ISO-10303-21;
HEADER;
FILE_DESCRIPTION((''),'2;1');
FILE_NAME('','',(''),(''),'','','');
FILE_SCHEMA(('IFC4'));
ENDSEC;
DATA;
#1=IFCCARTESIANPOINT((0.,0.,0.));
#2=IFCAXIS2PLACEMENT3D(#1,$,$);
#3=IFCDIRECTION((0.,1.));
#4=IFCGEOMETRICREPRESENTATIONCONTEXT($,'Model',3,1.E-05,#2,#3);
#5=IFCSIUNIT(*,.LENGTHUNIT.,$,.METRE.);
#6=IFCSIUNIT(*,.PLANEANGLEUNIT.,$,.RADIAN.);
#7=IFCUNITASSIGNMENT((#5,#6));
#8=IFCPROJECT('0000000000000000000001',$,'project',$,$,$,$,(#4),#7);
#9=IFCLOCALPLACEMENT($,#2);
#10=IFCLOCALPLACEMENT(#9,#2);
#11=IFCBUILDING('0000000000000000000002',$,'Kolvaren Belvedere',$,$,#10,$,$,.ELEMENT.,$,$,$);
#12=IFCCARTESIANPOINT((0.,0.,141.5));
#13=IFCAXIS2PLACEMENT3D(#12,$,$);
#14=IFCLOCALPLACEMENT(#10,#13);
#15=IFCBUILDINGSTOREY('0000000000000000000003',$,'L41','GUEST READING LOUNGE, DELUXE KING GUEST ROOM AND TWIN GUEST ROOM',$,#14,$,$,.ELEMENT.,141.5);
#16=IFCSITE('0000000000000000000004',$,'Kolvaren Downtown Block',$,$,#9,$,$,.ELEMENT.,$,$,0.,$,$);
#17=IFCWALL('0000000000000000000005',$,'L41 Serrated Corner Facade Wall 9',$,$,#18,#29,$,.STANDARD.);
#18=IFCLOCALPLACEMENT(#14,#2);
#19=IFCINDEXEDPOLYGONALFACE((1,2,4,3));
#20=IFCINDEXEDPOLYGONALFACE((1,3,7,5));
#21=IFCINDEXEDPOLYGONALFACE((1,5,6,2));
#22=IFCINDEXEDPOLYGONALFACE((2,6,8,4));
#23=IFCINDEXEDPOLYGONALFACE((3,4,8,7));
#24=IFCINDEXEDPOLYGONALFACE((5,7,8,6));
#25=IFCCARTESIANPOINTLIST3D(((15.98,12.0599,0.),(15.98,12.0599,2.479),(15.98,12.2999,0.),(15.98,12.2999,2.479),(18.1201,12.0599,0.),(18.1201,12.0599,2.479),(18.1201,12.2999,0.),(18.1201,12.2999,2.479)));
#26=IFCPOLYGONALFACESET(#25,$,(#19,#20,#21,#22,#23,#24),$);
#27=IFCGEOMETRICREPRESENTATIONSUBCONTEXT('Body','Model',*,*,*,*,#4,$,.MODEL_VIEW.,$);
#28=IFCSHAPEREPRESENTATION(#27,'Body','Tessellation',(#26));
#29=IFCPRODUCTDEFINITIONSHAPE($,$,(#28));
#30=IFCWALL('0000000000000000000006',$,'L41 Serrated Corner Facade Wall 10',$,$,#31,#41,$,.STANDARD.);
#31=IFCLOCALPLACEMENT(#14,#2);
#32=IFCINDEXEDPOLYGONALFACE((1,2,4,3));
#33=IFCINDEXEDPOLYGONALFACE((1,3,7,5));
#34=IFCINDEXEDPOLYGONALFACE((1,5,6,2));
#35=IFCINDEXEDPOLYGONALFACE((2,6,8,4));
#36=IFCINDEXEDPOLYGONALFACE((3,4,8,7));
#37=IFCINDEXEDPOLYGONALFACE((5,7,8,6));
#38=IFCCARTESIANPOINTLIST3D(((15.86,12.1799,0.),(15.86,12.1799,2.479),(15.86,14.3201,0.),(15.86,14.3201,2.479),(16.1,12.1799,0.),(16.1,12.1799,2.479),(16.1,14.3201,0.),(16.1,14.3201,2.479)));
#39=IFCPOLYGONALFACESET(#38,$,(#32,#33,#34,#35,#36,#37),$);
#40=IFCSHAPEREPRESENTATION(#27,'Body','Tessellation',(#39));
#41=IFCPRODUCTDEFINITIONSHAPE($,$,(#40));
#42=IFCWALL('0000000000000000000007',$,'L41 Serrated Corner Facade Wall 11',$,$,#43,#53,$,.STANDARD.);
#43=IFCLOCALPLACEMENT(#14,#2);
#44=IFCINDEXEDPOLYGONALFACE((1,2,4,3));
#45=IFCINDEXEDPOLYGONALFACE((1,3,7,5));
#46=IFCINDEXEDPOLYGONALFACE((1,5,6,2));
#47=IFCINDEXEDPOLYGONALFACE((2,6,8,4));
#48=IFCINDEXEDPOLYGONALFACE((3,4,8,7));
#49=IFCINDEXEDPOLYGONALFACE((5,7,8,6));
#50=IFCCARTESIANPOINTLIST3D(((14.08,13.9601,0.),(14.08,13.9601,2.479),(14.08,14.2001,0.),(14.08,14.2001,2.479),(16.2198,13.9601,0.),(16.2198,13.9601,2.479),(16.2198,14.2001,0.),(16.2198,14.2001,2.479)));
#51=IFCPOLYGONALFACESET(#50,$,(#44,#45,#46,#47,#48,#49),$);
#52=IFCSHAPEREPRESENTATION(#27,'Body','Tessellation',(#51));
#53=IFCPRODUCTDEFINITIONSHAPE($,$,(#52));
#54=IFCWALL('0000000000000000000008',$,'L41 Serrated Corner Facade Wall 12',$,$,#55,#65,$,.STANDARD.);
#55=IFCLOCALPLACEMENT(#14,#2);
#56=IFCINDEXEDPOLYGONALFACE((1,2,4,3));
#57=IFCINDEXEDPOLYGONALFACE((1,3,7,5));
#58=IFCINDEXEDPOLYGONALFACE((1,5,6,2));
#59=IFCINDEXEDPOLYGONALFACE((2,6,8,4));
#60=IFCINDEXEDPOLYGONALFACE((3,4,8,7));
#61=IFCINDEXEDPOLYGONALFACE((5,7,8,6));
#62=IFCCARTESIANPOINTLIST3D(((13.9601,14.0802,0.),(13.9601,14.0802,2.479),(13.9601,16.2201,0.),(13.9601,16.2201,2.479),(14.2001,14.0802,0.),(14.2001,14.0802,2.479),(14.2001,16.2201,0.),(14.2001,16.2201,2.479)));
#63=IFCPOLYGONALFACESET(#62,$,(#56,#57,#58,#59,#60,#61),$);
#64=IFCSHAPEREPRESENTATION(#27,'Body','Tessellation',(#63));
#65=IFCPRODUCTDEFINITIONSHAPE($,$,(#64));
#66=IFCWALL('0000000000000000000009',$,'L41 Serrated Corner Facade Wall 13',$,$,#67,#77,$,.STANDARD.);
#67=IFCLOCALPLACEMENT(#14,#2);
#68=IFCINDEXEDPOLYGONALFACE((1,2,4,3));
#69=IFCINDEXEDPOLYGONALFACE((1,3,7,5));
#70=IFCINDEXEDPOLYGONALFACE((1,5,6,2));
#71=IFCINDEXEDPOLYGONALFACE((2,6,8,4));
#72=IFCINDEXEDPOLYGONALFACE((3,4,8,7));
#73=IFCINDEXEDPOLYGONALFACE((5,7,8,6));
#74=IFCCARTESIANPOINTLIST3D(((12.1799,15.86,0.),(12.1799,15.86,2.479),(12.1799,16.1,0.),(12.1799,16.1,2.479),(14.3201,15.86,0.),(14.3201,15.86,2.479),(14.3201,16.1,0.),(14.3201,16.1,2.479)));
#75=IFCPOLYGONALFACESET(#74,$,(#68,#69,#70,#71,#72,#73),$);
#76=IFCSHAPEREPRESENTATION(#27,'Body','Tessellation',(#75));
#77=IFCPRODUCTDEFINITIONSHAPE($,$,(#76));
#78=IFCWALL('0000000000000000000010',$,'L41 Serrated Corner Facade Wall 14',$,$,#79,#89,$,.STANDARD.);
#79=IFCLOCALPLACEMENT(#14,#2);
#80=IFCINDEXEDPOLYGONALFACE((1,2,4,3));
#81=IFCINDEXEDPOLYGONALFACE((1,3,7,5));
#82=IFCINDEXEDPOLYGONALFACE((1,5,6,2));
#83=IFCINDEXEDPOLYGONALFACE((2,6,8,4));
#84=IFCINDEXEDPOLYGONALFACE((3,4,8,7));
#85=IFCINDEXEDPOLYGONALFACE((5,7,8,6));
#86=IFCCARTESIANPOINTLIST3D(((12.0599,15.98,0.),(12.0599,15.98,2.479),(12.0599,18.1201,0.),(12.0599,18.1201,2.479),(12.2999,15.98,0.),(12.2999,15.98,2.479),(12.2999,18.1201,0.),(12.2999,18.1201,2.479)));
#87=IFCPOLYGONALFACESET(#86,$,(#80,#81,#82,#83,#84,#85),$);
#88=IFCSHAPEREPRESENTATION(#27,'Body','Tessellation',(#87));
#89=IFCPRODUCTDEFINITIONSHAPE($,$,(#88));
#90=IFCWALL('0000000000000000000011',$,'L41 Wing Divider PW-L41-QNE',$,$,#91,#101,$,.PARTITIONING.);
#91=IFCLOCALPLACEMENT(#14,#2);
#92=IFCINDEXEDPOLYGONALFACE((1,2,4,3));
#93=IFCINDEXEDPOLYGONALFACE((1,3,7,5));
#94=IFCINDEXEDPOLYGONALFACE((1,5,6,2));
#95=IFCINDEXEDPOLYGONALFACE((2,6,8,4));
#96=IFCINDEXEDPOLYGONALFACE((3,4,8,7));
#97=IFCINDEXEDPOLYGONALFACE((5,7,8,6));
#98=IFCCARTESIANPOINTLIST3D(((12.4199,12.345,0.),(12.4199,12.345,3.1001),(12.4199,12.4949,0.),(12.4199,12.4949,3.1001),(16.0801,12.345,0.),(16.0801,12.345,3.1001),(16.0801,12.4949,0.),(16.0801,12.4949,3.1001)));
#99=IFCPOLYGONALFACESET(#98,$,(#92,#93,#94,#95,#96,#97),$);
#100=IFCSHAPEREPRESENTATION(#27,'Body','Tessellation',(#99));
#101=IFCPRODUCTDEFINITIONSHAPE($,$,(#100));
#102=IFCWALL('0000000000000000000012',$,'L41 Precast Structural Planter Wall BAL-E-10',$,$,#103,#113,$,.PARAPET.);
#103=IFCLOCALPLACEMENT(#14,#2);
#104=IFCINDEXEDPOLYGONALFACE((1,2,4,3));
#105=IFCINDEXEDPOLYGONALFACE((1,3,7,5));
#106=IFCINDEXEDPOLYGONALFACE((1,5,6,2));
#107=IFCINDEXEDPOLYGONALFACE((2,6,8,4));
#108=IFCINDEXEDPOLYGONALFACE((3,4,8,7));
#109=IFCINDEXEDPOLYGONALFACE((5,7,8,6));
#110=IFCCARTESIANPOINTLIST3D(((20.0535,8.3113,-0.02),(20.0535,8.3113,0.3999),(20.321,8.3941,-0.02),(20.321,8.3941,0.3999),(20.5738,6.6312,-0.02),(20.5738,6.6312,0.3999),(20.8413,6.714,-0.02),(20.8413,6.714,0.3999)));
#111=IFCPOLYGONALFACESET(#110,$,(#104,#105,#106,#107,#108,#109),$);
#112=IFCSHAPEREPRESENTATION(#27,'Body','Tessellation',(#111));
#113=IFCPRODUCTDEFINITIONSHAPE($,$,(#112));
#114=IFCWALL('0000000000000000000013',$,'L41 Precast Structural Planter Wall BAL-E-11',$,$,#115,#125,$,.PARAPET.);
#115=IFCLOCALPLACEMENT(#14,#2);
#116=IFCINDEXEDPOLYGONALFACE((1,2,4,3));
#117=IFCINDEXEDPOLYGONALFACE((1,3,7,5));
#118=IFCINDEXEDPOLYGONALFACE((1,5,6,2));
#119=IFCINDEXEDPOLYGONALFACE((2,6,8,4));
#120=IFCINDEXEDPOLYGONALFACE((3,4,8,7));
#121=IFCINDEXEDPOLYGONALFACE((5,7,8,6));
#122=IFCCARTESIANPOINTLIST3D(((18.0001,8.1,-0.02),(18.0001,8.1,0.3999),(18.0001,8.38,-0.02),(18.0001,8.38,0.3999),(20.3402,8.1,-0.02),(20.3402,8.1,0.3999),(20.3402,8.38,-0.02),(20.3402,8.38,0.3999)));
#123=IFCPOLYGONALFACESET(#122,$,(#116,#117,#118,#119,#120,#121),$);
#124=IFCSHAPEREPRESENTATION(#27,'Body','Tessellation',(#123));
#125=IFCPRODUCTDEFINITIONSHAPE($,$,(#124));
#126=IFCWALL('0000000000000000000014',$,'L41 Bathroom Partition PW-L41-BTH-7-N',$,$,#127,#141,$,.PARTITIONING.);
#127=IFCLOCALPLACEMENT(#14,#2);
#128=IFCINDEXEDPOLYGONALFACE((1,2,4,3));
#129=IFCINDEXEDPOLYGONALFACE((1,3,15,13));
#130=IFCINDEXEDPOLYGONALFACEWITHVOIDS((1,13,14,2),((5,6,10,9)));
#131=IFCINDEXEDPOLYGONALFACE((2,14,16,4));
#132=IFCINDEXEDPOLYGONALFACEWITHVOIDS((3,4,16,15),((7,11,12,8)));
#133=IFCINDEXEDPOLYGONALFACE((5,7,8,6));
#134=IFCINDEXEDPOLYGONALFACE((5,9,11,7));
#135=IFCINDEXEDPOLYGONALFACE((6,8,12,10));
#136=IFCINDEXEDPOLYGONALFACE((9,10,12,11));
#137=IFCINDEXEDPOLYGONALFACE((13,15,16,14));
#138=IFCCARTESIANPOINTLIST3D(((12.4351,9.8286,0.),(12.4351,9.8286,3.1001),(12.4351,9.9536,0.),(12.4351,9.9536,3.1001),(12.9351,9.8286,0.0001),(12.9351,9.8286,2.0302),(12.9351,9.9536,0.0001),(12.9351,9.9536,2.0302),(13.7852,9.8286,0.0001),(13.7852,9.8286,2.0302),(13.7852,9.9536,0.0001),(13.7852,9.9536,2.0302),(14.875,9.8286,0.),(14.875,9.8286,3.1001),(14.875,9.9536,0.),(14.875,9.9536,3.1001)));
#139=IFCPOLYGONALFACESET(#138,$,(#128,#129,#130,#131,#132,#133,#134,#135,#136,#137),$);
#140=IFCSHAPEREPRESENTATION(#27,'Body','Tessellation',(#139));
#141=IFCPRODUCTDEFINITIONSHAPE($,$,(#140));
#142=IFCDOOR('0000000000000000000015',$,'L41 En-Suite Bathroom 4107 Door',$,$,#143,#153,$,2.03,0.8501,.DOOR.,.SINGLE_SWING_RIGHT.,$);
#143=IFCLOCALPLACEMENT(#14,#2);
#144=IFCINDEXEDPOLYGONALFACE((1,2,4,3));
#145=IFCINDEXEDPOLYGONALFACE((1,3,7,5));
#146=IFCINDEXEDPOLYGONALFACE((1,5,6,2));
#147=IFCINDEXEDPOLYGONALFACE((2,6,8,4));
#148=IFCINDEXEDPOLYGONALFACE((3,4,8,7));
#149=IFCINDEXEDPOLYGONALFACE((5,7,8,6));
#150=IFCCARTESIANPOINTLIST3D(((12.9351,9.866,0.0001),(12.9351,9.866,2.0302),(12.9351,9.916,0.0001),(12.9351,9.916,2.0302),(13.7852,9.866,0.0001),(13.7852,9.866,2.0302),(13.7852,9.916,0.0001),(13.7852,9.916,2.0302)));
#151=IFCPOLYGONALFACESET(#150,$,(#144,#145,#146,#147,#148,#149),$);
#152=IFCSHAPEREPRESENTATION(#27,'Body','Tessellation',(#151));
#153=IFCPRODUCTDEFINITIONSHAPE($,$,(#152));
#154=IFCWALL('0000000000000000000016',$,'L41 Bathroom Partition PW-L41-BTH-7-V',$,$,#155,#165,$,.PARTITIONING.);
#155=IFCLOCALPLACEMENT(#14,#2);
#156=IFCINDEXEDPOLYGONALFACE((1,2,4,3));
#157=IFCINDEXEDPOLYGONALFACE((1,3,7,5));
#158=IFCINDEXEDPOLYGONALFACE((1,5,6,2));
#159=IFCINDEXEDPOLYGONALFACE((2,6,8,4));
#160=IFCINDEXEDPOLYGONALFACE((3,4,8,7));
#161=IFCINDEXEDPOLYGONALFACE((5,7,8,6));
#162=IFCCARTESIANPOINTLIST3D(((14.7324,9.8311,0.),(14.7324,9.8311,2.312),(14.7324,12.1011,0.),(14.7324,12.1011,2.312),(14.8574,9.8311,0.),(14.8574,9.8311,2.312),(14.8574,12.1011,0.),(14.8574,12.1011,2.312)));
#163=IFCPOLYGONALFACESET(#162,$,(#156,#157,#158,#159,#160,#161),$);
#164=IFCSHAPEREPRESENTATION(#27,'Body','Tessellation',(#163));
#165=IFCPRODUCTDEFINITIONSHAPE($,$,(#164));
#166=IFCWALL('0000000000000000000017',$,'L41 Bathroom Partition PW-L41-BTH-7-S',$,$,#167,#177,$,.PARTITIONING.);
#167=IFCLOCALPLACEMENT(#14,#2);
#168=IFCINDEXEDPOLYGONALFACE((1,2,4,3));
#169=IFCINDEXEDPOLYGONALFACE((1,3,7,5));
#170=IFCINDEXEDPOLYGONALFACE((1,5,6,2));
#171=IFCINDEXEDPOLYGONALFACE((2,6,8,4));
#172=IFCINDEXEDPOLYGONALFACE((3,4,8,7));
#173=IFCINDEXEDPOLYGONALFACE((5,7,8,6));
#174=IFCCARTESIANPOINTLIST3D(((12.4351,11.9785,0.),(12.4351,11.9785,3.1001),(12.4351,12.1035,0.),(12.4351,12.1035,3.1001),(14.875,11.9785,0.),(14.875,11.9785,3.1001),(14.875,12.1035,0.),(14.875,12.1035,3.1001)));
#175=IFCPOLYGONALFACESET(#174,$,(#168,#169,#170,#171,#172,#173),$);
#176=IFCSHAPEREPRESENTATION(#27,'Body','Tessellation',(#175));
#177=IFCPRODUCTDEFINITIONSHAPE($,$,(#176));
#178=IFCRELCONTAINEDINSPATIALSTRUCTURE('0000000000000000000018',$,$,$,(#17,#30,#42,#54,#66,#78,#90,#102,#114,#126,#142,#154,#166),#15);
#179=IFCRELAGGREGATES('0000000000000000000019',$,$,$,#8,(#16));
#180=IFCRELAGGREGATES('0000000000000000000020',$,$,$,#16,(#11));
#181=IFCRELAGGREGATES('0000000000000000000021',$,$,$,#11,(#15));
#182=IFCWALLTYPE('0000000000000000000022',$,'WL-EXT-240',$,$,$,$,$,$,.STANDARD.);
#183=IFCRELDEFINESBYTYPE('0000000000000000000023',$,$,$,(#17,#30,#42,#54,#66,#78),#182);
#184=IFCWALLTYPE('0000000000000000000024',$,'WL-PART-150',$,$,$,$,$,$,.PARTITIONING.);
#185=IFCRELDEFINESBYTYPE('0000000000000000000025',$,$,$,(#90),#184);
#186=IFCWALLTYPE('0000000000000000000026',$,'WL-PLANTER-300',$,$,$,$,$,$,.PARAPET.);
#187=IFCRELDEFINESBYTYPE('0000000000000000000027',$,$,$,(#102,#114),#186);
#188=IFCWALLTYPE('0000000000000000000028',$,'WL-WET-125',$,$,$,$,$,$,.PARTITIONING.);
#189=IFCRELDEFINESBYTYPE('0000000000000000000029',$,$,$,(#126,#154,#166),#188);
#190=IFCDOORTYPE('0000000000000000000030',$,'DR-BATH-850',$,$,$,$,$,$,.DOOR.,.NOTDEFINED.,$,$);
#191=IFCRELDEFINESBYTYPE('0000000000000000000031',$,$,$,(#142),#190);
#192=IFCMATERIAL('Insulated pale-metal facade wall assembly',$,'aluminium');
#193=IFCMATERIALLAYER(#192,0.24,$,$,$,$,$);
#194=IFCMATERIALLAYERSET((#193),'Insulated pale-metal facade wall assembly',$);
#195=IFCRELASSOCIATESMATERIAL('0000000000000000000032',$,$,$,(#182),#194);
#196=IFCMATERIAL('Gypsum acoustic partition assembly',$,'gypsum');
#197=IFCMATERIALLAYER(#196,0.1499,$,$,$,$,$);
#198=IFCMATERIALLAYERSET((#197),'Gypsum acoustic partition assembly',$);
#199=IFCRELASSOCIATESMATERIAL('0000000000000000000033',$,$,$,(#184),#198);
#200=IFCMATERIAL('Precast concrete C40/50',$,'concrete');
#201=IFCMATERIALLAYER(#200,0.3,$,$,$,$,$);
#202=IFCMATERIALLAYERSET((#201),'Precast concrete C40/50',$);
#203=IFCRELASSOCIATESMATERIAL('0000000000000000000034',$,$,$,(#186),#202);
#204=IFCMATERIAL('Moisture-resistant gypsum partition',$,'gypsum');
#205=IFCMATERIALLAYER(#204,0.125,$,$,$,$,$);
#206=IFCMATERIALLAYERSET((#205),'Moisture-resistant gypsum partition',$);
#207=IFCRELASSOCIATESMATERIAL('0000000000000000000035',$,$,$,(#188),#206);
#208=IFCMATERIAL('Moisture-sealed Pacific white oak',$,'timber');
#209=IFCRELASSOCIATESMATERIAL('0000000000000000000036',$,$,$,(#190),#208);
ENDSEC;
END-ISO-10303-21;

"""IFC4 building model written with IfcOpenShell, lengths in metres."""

from ifc_helpers import new_model, si_unit, direction, frame, frame_2d, origin, place, context, subcontext, project, spatial, rectangle, extrude, material, layer, layer_set, type_object, element, fill, save


model = new_model("IFC4")

# Units and contexts
model_context = context("Model", 3, precision=1e-05, world=origin(), true_north=direction((0.0, 1.0)))
body_context = subcontext(model_context, "Body", "Model", "MODEL_VIEW")
ifc_project = project(units=[si_unit("LENGTHUNIT", "METRE"), si_unit("PLANEANGLEUNIT", "RADIAN")], contexts=[model_context])

# Site, building, storey
site_placement = place(None, origin())
site = spatial("IfcSite", under=ifc_project, at=site_placement, Name="Kolvaren Downtown Block", CompositionType="ELEMENT", RefElevation=0.0)
building_placement = place(site_placement, origin())
building = spatial("IfcBuilding", under=site, at=building_placement, Name="Kolvaren Belvedere", CompositionType="ELEMENT")
storey_placement = place(building_placement, frame((0.0, 0.0, 141.5)))
storey = spatial("IfcBuildingStorey", under=building, at=storey_placement, Name="L41", Description="GUEST READING LOUNGE, DELUXE KING GUEST ROOM AND TWIN GUEST ROOM", CompositionType="ELEMENT", Elevation=141.5)

# Walls
ifc_material_1 = material(Name="Insulated pale-metal facade wall assembly", Category="aluminium")
ifc_layer_1 = layer(ifc_material_1, 0.24)
ifc_layer_set_1 = layer_set([ifc_layer_1], Name="Insulated pale-metal facade wall assembly")
wall_type_1 = type_object("IfcWallType", Name="WL-EXT-240", PredefinedType="STANDARD", material=ifc_layer_set_1)
for number, where, z_axis, x_axis, name in (
    (1, (15.98, 12.1799, 0.0), (0.0, 0.0, 1.0), (1.0, 0.0, 0.0), "L41 Serrated Corner Facade Wall 9"),
    (2, (15.98, 14.3201, 0.0), (0.0, 0.0, 1.0), (0.0, -1.0, 0.0), "L41 Serrated Corner Facade Wall 10"),
):
    element("IfcWall", number, at=place(storey_placement, frame(where, z_axis=z_axis, x_axis=x_axis)), inside=storey, type_object=wall_type_1, Name=name, PredefinedType="STANDARD", context=body_context, shape_type="SweptSolid", body=[
        extrude(rectangle(XDim=2.1401, YDim=0.24, at=frame_2d((1.0701, 0.0))), origin(), (0.0, 0.0, 1.0), 2.479),
    ])
for number, where, z_axis, x_axis, name in (
    (3, (14.0801, 14.0801, 0.0), (0.0, 0.0, 1.0), (1.0, 0.0, 0.0), "L41 Serrated Corner Facade Wall 11"),
    (4, (14.0801, 16.22, 0.0), (0.0, 0.0, 1.0), (0.0, -1.0, 0.0), "L41 Serrated Corner Facade Wall 12"),
):
    element("IfcWall", number, at=place(storey_placement, frame(where, z_axis=z_axis, x_axis=x_axis)), inside=storey, type_object=wall_type_1, Name=name, PredefinedType="STANDARD", context=body_context, shape_type="SweptSolid", body=[
        extrude(rectangle(XDim=2.1399, YDim=0.24, at=frame_2d((1.0698, 0.0))), origin(), (0.0, 0.0, 1.0), 2.479),
    ])
for number, where, z_axis, x_axis, name in (
    (5, (12.1799, 15.98, 0.0), (0.0, 0.0, 1.0), (1.0, 0.0, 0.0), "L41 Serrated Corner Facade Wall 13"),
    (6, (12.1799, 18.1201, 0.0), (0.0, 0.0, 1.0), (0.0, -1.0, 0.0), "L41 Serrated Corner Facade Wall 14"),
):
    element("IfcWall", number, at=place(storey_placement, frame(where, z_axis=z_axis, x_axis=x_axis)), inside=storey, type_object=wall_type_1, Name=name, PredefinedType="STANDARD", context=body_context, shape_type="SweptSolid", body=[
        extrude(rectangle(XDim=2.1401, YDim=0.24, at=frame_2d((1.0701, 0.0))), origin(), (0.0, 0.0, 1.0), 2.479),
    ])
ifc_material_2 = material(Name="Gypsum acoustic partition assembly", Category="gypsum")
ifc_layer_2 = layer(ifc_material_2, 0.1499)
ifc_layer_set_2 = layer_set([ifc_layer_2], Name="Gypsum acoustic partition assembly")
wall_type_2 = type_object("IfcWallType", Name="WL-PART-150", PredefinedType="PARTITIONING", material=ifc_layer_set_2)
wall_1_placement = place(storey_placement, frame((12.4199, 12.4199, 0.0), z_axis=(0.0, 0.0, 1.0), x_axis=(1.0, 0.0, 0.0)))
element("IfcWall", 7, at=wall_1_placement, inside=storey, type_object=wall_type_2, Name="L41 Wing Divider PW-L41-QNE", PredefinedType="PARTITIONING", context=body_context, shape_type="SweptSolid", body=[
    extrude(rectangle(XDim=3.6602, YDim=0.1499, at=frame_2d((1.8301, 0.0))), origin(), (0.0, 0.0, 1.0), 3.1001),
])
ifc_material_3 = material(Name="Precast concrete C40/50", Category="concrete")
ifc_layer_3 = layer(ifc_material_3, 0.3)
ifc_layer_set_3 = layer_set([ifc_layer_3], Name="Precast concrete C40/50")
wall_type_3 = type_object("IfcWallType", Name="WL-PLANTER-300", PredefinedType="PARAPET", material=ifc_layer_set_3)
wall_2_placement = place(storey_placement, frame((20.7075, 6.6726, -0.02), z_axis=(0.0, 0.0, 1.0), x_axis=(-0.295792, 0.955252, 0.0)))
element("IfcWall", 8, at=wall_2_placement, inside=storey, type_object=wall_type_3, Name="L41 Precast Structural Planter Wall BAL-E-10", PredefinedType="PARAPET", context=body_context, shape_type="SweptSolid", body=[
    extrude(rectangle(XDim=1.7588, YDim=0.28, at=frame_2d((0.8794, 0.0))), origin(), (0.0, 0.0, 1.0), 0.4199),
])
wall_3_placement = place(storey_placement, frame((20.3401, 8.24, -0.02), z_axis=(0.0, 0.0, 1.0), x_axis=(-1.0, 0.0, 0.0)))
element("IfcWall", 9, at=wall_3_placement, inside=storey, type_object=wall_type_3, Name="L41 Precast Structural Planter Wall BAL-E-11", PredefinedType="PARAPET", context=body_context, shape_type="SweptSolid", body=[
    extrude(rectangle(XDim=2.3401, YDim=0.28, at=frame_2d((1.1699, 0.0))), origin(), (0.0, 0.0, 1.0), 0.4199),
])

# Wall, opening, door
ifc_material_4 = material(Name="Moisture-resistant gypsum partition", Category="gypsum")
ifc_layer_4 = layer(ifc_material_4, 0.125)
ifc_layer_set_4 = layer_set([ifc_layer_4], Name="Moisture-resistant gypsum partition")
wall_type_4 = type_object("IfcWallType", Name="WL-WET-125", PredefinedType="PARTITIONING", material=ifc_layer_set_4)
wall_4_placement = place(storey_placement, frame((12.4351, 9.8911, 0.0), z_axis=(0.0, 0.0, 1.0), x_axis=(1.0, 0.0, 0.0)))
wall_4 = element("IfcWall", 10, at=wall_4_placement, inside=storey, type_object=wall_type_4, Name="L41 Bathroom Partition PW-L41-BTH-7-N", PredefinedType="PARTITIONING", context=body_context, shape_type="SweptSolid", body=[
    extrude(rectangle(XDim=2.4399, YDim=0.125, at=frame_2d((1.22, 0.0))), origin(), (0.0, 0.0, 1.0), 3.1001),
])
opening_placement = place(wall_4_placement, frame((0.5, 0.0, 0.0)))
opening = element("IfcOpeningElement", 11, at=opening_placement, cuts=wall_4, PredefinedType="OPENING", context=body_context, shape_type="SweptSolid", body=[
    extrude(rectangle(XDim=0.8501, YDim=2.03, at=frame_2d((0.425, 1.0151))), frame((0.0, 0.0725, 0.0), z_axis=(0.0, -1.0, 0.0), x_axis=(1.0, 0.0, 0.0)), (0.0, 0.0, 1.0), 0.145),
])
ifc_material_5 = material(Name="Moisture-sealed Pacific white oak", Category="timber")
door_type = type_object("IfcDoorType", Name="DR-BATH-850", OperationType="NOTDEFINED", PredefinedType="DOOR", material=ifc_material_5)
door_placement = place(opening_placement, origin())
door = element("IfcDoor", 12, at=door_placement, inside=storey, type_object=door_type, Name="L41 En-Suite Bathroom 4107 Door", OperationType="SINGLE_SWING_RIGHT", OverallHeight=2.03, OverallWidth=0.8501, PredefinedType="DOOR", context=body_context, shape_type="SweptSolid", body=[
    extrude(rectangle(XDim=0.8501, YDim=2.03, at=frame_2d((0.425, 1.0151))), frame((0.0, 0.0249, 0.0), z_axis=(0.0, -1.0, 0.0), x_axis=(1.0, 0.0, 0.0)), (0.0, 0.0, 1.0), 0.05),
])
fill(opening, door)

# Walls
wall_5_placement = place(storey_placement, frame((14.7949, 9.8311, 0.0), z_axis=(0.0, 0.0, 1.0), x_axis=(0.0, 1.0, 0.0)))
element("IfcWall", 13, at=wall_5_placement, inside=storey, type_object=wall_type_4, Name="L41 Bathroom Partition PW-L41-BTH-7-V", PredefinedType="PARTITIONING", context=body_context, shape_type="SweptSolid", body=[
    extrude(rectangle(XDim=2.27, YDim=0.125, at=frame_2d((1.135, 0.0))), origin(), (0.0, 0.0, 1.0), 2.312),
])
wall_6_placement = place(storey_placement, frame((12.4351, 12.041, 0.0), z_axis=(0.0, 0.0, 1.0), x_axis=(1.0, 0.0, 0.0)))
element("IfcWall", 14, at=wall_6_placement, inside=storey, type_object=wall_type_4, Name="L41 Bathroom Partition PW-L41-BTH-7-S", PredefinedType="PARTITIONING", context=body_context, shape_type="SweptSolid", body=[
    extrude(rectangle(XDim=2.4399, YDim=0.125, at=frame_2d((1.22, 0.0))), origin(), (0.0, 0.0, 1.0), 3.1001),
])

save(model, "model.ifc")
